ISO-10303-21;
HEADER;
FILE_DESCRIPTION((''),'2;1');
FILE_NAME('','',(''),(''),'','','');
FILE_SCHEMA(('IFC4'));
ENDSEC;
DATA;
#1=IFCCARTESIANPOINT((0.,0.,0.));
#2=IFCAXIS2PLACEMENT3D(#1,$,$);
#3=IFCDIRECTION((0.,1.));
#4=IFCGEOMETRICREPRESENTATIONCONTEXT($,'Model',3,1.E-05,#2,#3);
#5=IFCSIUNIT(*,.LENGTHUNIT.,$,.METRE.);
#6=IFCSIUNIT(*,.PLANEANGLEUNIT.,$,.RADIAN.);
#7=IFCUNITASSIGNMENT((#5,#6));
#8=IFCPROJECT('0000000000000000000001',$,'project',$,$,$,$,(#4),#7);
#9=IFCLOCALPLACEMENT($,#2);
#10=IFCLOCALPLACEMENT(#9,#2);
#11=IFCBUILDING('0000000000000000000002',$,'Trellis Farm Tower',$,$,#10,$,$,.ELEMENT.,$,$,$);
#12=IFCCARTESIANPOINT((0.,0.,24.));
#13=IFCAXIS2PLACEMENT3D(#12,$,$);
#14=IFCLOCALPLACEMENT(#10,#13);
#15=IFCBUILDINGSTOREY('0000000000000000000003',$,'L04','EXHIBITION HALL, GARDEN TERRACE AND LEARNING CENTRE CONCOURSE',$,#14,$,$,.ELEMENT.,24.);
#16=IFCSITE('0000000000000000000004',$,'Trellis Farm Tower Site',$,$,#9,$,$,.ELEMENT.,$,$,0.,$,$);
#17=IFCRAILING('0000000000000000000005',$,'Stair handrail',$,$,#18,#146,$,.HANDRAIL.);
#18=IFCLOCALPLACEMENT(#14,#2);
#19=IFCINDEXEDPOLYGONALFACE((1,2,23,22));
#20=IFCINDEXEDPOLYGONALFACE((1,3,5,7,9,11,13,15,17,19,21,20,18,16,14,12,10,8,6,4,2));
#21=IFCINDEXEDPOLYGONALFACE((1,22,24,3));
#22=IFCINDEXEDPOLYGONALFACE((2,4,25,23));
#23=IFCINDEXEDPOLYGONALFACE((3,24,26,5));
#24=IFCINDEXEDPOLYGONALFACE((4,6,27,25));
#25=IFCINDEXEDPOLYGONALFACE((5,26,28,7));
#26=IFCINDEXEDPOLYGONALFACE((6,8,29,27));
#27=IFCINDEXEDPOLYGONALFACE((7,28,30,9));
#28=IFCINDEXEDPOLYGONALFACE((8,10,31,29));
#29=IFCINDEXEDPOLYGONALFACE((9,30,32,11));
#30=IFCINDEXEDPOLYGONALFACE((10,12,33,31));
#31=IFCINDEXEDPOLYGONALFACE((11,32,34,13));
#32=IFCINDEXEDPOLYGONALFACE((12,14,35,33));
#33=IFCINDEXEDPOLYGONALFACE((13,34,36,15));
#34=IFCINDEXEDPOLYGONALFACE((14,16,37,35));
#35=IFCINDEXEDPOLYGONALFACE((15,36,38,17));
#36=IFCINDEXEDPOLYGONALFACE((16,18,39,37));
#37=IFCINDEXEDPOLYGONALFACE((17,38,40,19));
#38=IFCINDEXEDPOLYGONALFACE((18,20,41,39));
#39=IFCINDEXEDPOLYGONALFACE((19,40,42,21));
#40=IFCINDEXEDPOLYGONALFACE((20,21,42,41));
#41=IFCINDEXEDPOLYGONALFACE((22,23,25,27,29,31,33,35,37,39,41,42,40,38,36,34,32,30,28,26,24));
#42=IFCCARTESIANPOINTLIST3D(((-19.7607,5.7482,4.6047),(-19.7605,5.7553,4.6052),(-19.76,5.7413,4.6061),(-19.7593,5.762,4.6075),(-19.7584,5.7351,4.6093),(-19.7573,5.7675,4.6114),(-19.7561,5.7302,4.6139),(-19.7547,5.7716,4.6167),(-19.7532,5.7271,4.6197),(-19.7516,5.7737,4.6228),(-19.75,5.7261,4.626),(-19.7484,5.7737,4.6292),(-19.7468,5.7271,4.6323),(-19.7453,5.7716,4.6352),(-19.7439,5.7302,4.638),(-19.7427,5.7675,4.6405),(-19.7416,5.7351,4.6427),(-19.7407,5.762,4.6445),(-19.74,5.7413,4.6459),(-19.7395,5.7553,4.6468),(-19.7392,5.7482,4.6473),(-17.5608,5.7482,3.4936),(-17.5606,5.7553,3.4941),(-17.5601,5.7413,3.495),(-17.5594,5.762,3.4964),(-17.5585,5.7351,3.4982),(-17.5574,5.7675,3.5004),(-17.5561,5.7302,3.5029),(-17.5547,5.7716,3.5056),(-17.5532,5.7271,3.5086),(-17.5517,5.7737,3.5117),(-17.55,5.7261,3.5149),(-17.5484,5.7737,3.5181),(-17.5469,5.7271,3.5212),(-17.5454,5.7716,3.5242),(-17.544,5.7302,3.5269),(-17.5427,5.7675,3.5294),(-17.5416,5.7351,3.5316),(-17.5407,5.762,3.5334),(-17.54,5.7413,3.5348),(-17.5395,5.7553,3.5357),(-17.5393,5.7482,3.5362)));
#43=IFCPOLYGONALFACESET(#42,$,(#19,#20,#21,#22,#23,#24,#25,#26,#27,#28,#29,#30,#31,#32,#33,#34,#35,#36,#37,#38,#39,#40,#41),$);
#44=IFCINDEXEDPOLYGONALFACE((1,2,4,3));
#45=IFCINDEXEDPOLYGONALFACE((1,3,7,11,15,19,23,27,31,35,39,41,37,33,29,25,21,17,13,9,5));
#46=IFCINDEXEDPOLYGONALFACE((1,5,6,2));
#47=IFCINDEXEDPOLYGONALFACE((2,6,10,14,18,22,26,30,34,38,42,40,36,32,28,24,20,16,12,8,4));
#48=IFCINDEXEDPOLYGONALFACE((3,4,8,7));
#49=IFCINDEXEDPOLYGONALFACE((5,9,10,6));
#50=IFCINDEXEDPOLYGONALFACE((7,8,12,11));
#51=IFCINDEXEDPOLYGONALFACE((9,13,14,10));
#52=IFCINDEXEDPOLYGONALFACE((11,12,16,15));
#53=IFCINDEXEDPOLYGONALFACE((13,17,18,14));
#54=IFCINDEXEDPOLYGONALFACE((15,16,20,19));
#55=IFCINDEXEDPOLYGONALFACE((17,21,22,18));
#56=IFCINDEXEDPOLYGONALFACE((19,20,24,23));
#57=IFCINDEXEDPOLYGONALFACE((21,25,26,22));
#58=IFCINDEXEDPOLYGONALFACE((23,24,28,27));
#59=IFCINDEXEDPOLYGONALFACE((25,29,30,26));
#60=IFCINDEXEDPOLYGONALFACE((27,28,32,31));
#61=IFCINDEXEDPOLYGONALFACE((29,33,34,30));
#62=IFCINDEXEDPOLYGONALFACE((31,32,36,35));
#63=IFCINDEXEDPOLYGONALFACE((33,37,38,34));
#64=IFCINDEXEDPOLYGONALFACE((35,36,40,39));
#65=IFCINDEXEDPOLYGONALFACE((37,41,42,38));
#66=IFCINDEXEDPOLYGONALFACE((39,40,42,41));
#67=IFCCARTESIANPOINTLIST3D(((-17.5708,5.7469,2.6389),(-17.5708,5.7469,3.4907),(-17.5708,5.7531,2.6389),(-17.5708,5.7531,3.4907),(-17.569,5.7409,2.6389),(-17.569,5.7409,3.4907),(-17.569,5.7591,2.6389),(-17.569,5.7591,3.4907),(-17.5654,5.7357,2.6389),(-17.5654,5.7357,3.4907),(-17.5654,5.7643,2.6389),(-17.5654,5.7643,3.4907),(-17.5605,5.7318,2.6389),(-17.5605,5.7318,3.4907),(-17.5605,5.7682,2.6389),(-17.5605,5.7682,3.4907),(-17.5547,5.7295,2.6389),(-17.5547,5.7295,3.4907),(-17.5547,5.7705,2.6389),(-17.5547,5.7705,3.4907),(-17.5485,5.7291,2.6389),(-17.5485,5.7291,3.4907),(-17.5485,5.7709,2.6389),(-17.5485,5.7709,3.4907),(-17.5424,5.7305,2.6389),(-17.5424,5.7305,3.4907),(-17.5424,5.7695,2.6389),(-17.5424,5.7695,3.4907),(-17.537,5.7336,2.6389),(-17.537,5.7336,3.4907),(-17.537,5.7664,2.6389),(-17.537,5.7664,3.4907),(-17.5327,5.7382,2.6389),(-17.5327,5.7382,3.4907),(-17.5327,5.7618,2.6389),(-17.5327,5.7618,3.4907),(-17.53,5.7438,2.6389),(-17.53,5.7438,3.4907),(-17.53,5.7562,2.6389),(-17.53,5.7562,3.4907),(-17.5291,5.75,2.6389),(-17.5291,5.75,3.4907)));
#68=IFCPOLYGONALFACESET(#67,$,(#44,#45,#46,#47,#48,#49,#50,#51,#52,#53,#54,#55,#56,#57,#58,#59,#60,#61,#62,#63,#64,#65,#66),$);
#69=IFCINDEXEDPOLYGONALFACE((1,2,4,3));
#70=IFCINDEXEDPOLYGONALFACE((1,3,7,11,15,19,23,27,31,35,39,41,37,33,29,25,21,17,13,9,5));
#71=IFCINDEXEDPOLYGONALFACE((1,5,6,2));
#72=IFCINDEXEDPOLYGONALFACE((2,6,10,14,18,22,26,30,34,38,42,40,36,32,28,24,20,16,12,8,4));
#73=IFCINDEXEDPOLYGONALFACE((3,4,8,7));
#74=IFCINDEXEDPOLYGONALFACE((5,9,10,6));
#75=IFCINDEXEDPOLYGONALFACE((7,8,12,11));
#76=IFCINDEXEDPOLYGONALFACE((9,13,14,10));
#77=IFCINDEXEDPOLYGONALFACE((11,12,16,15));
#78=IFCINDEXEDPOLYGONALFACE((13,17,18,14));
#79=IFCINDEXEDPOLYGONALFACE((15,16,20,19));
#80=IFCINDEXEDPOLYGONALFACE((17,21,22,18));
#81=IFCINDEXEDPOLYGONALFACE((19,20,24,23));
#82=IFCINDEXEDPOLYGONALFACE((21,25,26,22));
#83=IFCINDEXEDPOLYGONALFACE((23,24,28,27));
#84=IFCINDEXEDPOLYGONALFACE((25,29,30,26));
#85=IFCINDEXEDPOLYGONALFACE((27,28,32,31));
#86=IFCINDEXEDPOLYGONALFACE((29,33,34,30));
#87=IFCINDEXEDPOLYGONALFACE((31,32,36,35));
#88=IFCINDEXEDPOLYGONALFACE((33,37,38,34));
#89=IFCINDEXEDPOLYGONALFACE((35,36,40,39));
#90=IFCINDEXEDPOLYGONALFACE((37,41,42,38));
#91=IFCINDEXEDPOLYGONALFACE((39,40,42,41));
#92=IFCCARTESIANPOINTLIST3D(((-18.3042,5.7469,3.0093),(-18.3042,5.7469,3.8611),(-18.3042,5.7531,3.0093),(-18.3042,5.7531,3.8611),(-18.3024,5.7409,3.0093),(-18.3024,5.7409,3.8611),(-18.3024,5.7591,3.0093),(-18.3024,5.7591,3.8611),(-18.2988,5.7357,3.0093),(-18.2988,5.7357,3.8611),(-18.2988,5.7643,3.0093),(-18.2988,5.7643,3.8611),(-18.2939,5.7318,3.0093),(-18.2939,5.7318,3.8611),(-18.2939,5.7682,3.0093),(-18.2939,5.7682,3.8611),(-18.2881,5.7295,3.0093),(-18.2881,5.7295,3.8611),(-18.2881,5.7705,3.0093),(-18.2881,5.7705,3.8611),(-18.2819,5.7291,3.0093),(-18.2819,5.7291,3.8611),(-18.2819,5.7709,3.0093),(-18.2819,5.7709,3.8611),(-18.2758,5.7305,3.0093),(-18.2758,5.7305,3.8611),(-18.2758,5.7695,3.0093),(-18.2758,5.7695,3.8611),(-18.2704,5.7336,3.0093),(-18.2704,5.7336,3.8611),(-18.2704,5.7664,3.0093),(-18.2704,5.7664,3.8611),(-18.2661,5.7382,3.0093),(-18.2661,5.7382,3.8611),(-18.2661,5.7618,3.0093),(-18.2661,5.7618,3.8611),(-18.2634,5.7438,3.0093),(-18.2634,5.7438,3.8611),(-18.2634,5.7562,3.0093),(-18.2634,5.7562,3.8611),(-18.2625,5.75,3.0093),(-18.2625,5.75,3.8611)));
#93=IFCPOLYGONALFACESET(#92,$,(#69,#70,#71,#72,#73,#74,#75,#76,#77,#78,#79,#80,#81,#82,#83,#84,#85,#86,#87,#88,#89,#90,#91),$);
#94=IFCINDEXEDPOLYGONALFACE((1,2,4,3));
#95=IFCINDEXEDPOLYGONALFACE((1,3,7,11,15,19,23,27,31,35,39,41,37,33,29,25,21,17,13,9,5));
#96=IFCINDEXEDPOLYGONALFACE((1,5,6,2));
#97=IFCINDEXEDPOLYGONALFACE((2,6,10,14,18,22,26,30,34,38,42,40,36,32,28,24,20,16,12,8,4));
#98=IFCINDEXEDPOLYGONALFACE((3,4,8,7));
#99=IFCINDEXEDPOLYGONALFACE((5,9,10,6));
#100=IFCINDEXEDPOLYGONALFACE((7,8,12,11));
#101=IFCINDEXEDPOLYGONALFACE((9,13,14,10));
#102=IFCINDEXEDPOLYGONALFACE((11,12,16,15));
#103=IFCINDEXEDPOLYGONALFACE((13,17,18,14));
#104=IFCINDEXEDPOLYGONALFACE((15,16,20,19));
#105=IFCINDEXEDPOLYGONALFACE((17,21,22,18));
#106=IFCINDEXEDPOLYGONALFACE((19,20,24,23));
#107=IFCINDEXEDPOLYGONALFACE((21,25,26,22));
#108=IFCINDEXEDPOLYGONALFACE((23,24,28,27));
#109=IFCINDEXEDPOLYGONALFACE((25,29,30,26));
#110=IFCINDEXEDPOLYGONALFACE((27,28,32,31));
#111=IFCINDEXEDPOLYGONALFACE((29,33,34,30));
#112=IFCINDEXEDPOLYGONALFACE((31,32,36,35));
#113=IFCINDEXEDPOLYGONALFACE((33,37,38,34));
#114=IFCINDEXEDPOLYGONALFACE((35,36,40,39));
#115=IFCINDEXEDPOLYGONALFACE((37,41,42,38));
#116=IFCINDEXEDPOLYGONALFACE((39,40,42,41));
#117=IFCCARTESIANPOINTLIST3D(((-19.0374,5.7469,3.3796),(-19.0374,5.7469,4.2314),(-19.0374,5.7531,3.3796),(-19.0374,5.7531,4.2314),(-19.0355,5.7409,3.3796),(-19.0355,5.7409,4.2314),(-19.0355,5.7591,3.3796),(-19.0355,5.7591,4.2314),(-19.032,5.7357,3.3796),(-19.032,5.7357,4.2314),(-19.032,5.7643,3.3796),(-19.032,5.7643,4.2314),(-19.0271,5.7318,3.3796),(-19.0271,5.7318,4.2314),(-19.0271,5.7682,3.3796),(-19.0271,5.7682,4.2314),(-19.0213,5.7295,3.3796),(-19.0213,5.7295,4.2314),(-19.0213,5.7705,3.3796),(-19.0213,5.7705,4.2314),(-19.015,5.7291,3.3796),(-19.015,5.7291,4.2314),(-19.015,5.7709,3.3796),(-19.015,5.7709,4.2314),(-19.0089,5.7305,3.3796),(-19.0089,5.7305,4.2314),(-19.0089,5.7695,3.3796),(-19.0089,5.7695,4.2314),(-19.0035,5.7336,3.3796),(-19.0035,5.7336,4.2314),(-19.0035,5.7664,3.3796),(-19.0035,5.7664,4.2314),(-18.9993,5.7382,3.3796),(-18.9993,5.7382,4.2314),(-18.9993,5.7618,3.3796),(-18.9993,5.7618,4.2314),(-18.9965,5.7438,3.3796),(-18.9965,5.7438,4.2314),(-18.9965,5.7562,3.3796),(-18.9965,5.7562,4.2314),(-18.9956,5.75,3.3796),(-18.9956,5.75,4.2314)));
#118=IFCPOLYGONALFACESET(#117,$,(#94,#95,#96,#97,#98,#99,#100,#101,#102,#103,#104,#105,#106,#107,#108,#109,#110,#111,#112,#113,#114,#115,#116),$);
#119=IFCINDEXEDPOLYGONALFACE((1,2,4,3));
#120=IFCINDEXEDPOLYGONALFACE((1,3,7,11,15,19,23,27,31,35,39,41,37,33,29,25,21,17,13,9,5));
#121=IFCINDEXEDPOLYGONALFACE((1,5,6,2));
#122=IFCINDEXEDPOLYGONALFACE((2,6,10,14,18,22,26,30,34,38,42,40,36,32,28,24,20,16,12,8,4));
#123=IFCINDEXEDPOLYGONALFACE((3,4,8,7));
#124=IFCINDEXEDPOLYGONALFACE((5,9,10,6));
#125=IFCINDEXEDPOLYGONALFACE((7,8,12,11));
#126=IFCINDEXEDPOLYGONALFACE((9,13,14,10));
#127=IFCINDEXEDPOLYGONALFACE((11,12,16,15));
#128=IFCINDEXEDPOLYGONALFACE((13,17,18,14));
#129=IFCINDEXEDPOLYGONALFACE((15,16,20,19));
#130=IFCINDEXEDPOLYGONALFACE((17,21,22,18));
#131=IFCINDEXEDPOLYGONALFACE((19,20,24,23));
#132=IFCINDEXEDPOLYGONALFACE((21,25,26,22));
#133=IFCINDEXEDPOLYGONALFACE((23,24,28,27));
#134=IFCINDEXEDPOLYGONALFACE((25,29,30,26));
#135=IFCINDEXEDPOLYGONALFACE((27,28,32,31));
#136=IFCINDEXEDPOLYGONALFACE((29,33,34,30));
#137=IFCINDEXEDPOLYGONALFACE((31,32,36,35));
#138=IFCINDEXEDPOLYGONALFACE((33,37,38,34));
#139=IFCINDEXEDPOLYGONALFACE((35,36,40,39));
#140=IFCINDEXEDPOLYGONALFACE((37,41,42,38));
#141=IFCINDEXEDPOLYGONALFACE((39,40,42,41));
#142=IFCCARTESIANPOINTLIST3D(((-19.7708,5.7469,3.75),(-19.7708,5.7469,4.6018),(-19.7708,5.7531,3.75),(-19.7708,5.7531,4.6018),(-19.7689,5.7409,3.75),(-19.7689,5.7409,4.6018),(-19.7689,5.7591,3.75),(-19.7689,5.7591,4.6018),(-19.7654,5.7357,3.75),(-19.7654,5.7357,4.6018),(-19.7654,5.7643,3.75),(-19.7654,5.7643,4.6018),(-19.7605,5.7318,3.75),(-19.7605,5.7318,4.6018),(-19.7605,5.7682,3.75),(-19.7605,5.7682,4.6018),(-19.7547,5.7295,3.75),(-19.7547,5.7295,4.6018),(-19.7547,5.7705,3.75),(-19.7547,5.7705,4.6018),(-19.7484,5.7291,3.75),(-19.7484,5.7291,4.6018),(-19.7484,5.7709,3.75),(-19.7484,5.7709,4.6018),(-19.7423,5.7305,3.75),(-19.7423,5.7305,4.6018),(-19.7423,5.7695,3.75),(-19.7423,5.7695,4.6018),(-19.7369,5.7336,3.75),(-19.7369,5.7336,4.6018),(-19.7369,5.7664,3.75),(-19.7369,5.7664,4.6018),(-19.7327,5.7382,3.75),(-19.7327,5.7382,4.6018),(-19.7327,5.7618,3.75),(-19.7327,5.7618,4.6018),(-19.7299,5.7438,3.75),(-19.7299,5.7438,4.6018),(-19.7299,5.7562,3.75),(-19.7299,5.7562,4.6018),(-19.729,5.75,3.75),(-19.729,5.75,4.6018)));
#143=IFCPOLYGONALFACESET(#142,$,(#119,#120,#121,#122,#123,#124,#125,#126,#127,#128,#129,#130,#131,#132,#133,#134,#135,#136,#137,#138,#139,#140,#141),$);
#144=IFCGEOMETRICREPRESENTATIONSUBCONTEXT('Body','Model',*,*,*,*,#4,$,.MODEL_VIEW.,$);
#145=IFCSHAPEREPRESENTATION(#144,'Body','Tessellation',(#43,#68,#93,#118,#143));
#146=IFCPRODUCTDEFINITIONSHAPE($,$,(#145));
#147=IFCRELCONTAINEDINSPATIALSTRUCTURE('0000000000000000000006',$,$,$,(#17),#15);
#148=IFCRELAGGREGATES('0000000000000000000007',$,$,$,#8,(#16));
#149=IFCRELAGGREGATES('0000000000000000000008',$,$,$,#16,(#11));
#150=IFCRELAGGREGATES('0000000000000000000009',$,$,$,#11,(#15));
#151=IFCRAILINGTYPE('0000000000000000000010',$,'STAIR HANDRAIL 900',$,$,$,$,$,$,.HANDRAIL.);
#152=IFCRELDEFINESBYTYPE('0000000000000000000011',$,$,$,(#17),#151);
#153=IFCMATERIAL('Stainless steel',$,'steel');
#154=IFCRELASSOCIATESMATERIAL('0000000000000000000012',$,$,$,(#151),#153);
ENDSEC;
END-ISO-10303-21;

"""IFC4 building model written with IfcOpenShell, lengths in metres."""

from ifc_helpers import new_model, si_unit, direction, frame, origin, origin_2d, place, context, subcontext, project, spatial, circle, extrude, source, transform, mapped, material, type_object, element, save


model = new_model("IFC4")

# Units and contexts
model_context = context("Model", 3, precision=1e-05, world=origin(), true_north=direction((0.0, 1.0)))
body_context = subcontext(model_context, "Body", "Model", "MODEL_VIEW")
ifc_project = project(units=[si_unit("LENGTHUNIT", "METRE"), si_unit("PLANEANGLEUNIT", "RADIAN")], contexts=[model_context])

# Site, building, storey
site_placement = place(None, origin())
site = spatial("IfcSite", under=ifc_project, at=site_placement, Name="Trellis Farm Tower Site", CompositionType="ELEMENT", RefElevation=0.0)
building_placement = place(site_placement, origin())
building = spatial("IfcBuilding", under=site, at=building_placement, Name="Trellis Farm Tower", CompositionType="ELEMENT")
storey_placement = place(building_placement, frame((0.0, 0.0, 24.0)))
storey = spatial("IfcBuildingStorey", under=building, at=storey_placement, Name="L04", Description="EXHIBITION HALL, GARDEN TERRACE AND LEARNING CENTRE CONCOURSE", CompositionType="ELEMENT", Elevation=24.0)

# Shared definitions
ifc_material_1 = material(Name="Stainless steel", Category="steel")

# Railing
railing_type = type_object("IfcRailingType", Name="STAIR HANDRAIL 900", PredefinedType="HANDRAIL", material=ifc_material_1)
shared_shape_1 = source(origin(), body_context, "Body", "SweptSolid", [
    extrude(circle(Radius=0.0239, at=origin_2d()), frame((0.0, 0.0, 0.876), z_axis=(-0.892617, 0.0, 0.450816), x_axis=(0.0, -1.0, 0.0)), (0.0, 0.0, 1.0), 2.4646),
    extrude(circle(Radius=0.021, at=origin_2d()), origin(), (0.0, 0.0, 1.0), 0.8518),
    extrude(circle(Radius=0.021, at=origin_2d()), frame((-0.7334, 0.0, 0.3704)), (0.0, 0.0, 1.0), 0.8518),
    extrude(circle(Radius=0.021, at=origin_2d()), frame((-1.4666, 0.0, 0.7407)), (0.0, 0.0, 1.0), 0.8518),
    extrude(circle(Radius=0.021, at=origin_2d()), frame((-2.2, 0.0, 1.1111)), (0.0, 0.0, 1.0), 0.8518),
])
for number, where, name in (
    (1, (-17.55, 5.75, 2.6389), "Stair handrail"),
):
    element("IfcRailing", number, at=place(storey_placement, frame(where)), inside=storey, type_object=railing_type, Name=name, PredefinedType="HANDRAIL", context=body_context, shape_type="MappedRepresentation", body=[
        mapped(shared_shape_1, transform((0.0, 0.0, 0.0))),
    ])

save(model, "model.ifc")
